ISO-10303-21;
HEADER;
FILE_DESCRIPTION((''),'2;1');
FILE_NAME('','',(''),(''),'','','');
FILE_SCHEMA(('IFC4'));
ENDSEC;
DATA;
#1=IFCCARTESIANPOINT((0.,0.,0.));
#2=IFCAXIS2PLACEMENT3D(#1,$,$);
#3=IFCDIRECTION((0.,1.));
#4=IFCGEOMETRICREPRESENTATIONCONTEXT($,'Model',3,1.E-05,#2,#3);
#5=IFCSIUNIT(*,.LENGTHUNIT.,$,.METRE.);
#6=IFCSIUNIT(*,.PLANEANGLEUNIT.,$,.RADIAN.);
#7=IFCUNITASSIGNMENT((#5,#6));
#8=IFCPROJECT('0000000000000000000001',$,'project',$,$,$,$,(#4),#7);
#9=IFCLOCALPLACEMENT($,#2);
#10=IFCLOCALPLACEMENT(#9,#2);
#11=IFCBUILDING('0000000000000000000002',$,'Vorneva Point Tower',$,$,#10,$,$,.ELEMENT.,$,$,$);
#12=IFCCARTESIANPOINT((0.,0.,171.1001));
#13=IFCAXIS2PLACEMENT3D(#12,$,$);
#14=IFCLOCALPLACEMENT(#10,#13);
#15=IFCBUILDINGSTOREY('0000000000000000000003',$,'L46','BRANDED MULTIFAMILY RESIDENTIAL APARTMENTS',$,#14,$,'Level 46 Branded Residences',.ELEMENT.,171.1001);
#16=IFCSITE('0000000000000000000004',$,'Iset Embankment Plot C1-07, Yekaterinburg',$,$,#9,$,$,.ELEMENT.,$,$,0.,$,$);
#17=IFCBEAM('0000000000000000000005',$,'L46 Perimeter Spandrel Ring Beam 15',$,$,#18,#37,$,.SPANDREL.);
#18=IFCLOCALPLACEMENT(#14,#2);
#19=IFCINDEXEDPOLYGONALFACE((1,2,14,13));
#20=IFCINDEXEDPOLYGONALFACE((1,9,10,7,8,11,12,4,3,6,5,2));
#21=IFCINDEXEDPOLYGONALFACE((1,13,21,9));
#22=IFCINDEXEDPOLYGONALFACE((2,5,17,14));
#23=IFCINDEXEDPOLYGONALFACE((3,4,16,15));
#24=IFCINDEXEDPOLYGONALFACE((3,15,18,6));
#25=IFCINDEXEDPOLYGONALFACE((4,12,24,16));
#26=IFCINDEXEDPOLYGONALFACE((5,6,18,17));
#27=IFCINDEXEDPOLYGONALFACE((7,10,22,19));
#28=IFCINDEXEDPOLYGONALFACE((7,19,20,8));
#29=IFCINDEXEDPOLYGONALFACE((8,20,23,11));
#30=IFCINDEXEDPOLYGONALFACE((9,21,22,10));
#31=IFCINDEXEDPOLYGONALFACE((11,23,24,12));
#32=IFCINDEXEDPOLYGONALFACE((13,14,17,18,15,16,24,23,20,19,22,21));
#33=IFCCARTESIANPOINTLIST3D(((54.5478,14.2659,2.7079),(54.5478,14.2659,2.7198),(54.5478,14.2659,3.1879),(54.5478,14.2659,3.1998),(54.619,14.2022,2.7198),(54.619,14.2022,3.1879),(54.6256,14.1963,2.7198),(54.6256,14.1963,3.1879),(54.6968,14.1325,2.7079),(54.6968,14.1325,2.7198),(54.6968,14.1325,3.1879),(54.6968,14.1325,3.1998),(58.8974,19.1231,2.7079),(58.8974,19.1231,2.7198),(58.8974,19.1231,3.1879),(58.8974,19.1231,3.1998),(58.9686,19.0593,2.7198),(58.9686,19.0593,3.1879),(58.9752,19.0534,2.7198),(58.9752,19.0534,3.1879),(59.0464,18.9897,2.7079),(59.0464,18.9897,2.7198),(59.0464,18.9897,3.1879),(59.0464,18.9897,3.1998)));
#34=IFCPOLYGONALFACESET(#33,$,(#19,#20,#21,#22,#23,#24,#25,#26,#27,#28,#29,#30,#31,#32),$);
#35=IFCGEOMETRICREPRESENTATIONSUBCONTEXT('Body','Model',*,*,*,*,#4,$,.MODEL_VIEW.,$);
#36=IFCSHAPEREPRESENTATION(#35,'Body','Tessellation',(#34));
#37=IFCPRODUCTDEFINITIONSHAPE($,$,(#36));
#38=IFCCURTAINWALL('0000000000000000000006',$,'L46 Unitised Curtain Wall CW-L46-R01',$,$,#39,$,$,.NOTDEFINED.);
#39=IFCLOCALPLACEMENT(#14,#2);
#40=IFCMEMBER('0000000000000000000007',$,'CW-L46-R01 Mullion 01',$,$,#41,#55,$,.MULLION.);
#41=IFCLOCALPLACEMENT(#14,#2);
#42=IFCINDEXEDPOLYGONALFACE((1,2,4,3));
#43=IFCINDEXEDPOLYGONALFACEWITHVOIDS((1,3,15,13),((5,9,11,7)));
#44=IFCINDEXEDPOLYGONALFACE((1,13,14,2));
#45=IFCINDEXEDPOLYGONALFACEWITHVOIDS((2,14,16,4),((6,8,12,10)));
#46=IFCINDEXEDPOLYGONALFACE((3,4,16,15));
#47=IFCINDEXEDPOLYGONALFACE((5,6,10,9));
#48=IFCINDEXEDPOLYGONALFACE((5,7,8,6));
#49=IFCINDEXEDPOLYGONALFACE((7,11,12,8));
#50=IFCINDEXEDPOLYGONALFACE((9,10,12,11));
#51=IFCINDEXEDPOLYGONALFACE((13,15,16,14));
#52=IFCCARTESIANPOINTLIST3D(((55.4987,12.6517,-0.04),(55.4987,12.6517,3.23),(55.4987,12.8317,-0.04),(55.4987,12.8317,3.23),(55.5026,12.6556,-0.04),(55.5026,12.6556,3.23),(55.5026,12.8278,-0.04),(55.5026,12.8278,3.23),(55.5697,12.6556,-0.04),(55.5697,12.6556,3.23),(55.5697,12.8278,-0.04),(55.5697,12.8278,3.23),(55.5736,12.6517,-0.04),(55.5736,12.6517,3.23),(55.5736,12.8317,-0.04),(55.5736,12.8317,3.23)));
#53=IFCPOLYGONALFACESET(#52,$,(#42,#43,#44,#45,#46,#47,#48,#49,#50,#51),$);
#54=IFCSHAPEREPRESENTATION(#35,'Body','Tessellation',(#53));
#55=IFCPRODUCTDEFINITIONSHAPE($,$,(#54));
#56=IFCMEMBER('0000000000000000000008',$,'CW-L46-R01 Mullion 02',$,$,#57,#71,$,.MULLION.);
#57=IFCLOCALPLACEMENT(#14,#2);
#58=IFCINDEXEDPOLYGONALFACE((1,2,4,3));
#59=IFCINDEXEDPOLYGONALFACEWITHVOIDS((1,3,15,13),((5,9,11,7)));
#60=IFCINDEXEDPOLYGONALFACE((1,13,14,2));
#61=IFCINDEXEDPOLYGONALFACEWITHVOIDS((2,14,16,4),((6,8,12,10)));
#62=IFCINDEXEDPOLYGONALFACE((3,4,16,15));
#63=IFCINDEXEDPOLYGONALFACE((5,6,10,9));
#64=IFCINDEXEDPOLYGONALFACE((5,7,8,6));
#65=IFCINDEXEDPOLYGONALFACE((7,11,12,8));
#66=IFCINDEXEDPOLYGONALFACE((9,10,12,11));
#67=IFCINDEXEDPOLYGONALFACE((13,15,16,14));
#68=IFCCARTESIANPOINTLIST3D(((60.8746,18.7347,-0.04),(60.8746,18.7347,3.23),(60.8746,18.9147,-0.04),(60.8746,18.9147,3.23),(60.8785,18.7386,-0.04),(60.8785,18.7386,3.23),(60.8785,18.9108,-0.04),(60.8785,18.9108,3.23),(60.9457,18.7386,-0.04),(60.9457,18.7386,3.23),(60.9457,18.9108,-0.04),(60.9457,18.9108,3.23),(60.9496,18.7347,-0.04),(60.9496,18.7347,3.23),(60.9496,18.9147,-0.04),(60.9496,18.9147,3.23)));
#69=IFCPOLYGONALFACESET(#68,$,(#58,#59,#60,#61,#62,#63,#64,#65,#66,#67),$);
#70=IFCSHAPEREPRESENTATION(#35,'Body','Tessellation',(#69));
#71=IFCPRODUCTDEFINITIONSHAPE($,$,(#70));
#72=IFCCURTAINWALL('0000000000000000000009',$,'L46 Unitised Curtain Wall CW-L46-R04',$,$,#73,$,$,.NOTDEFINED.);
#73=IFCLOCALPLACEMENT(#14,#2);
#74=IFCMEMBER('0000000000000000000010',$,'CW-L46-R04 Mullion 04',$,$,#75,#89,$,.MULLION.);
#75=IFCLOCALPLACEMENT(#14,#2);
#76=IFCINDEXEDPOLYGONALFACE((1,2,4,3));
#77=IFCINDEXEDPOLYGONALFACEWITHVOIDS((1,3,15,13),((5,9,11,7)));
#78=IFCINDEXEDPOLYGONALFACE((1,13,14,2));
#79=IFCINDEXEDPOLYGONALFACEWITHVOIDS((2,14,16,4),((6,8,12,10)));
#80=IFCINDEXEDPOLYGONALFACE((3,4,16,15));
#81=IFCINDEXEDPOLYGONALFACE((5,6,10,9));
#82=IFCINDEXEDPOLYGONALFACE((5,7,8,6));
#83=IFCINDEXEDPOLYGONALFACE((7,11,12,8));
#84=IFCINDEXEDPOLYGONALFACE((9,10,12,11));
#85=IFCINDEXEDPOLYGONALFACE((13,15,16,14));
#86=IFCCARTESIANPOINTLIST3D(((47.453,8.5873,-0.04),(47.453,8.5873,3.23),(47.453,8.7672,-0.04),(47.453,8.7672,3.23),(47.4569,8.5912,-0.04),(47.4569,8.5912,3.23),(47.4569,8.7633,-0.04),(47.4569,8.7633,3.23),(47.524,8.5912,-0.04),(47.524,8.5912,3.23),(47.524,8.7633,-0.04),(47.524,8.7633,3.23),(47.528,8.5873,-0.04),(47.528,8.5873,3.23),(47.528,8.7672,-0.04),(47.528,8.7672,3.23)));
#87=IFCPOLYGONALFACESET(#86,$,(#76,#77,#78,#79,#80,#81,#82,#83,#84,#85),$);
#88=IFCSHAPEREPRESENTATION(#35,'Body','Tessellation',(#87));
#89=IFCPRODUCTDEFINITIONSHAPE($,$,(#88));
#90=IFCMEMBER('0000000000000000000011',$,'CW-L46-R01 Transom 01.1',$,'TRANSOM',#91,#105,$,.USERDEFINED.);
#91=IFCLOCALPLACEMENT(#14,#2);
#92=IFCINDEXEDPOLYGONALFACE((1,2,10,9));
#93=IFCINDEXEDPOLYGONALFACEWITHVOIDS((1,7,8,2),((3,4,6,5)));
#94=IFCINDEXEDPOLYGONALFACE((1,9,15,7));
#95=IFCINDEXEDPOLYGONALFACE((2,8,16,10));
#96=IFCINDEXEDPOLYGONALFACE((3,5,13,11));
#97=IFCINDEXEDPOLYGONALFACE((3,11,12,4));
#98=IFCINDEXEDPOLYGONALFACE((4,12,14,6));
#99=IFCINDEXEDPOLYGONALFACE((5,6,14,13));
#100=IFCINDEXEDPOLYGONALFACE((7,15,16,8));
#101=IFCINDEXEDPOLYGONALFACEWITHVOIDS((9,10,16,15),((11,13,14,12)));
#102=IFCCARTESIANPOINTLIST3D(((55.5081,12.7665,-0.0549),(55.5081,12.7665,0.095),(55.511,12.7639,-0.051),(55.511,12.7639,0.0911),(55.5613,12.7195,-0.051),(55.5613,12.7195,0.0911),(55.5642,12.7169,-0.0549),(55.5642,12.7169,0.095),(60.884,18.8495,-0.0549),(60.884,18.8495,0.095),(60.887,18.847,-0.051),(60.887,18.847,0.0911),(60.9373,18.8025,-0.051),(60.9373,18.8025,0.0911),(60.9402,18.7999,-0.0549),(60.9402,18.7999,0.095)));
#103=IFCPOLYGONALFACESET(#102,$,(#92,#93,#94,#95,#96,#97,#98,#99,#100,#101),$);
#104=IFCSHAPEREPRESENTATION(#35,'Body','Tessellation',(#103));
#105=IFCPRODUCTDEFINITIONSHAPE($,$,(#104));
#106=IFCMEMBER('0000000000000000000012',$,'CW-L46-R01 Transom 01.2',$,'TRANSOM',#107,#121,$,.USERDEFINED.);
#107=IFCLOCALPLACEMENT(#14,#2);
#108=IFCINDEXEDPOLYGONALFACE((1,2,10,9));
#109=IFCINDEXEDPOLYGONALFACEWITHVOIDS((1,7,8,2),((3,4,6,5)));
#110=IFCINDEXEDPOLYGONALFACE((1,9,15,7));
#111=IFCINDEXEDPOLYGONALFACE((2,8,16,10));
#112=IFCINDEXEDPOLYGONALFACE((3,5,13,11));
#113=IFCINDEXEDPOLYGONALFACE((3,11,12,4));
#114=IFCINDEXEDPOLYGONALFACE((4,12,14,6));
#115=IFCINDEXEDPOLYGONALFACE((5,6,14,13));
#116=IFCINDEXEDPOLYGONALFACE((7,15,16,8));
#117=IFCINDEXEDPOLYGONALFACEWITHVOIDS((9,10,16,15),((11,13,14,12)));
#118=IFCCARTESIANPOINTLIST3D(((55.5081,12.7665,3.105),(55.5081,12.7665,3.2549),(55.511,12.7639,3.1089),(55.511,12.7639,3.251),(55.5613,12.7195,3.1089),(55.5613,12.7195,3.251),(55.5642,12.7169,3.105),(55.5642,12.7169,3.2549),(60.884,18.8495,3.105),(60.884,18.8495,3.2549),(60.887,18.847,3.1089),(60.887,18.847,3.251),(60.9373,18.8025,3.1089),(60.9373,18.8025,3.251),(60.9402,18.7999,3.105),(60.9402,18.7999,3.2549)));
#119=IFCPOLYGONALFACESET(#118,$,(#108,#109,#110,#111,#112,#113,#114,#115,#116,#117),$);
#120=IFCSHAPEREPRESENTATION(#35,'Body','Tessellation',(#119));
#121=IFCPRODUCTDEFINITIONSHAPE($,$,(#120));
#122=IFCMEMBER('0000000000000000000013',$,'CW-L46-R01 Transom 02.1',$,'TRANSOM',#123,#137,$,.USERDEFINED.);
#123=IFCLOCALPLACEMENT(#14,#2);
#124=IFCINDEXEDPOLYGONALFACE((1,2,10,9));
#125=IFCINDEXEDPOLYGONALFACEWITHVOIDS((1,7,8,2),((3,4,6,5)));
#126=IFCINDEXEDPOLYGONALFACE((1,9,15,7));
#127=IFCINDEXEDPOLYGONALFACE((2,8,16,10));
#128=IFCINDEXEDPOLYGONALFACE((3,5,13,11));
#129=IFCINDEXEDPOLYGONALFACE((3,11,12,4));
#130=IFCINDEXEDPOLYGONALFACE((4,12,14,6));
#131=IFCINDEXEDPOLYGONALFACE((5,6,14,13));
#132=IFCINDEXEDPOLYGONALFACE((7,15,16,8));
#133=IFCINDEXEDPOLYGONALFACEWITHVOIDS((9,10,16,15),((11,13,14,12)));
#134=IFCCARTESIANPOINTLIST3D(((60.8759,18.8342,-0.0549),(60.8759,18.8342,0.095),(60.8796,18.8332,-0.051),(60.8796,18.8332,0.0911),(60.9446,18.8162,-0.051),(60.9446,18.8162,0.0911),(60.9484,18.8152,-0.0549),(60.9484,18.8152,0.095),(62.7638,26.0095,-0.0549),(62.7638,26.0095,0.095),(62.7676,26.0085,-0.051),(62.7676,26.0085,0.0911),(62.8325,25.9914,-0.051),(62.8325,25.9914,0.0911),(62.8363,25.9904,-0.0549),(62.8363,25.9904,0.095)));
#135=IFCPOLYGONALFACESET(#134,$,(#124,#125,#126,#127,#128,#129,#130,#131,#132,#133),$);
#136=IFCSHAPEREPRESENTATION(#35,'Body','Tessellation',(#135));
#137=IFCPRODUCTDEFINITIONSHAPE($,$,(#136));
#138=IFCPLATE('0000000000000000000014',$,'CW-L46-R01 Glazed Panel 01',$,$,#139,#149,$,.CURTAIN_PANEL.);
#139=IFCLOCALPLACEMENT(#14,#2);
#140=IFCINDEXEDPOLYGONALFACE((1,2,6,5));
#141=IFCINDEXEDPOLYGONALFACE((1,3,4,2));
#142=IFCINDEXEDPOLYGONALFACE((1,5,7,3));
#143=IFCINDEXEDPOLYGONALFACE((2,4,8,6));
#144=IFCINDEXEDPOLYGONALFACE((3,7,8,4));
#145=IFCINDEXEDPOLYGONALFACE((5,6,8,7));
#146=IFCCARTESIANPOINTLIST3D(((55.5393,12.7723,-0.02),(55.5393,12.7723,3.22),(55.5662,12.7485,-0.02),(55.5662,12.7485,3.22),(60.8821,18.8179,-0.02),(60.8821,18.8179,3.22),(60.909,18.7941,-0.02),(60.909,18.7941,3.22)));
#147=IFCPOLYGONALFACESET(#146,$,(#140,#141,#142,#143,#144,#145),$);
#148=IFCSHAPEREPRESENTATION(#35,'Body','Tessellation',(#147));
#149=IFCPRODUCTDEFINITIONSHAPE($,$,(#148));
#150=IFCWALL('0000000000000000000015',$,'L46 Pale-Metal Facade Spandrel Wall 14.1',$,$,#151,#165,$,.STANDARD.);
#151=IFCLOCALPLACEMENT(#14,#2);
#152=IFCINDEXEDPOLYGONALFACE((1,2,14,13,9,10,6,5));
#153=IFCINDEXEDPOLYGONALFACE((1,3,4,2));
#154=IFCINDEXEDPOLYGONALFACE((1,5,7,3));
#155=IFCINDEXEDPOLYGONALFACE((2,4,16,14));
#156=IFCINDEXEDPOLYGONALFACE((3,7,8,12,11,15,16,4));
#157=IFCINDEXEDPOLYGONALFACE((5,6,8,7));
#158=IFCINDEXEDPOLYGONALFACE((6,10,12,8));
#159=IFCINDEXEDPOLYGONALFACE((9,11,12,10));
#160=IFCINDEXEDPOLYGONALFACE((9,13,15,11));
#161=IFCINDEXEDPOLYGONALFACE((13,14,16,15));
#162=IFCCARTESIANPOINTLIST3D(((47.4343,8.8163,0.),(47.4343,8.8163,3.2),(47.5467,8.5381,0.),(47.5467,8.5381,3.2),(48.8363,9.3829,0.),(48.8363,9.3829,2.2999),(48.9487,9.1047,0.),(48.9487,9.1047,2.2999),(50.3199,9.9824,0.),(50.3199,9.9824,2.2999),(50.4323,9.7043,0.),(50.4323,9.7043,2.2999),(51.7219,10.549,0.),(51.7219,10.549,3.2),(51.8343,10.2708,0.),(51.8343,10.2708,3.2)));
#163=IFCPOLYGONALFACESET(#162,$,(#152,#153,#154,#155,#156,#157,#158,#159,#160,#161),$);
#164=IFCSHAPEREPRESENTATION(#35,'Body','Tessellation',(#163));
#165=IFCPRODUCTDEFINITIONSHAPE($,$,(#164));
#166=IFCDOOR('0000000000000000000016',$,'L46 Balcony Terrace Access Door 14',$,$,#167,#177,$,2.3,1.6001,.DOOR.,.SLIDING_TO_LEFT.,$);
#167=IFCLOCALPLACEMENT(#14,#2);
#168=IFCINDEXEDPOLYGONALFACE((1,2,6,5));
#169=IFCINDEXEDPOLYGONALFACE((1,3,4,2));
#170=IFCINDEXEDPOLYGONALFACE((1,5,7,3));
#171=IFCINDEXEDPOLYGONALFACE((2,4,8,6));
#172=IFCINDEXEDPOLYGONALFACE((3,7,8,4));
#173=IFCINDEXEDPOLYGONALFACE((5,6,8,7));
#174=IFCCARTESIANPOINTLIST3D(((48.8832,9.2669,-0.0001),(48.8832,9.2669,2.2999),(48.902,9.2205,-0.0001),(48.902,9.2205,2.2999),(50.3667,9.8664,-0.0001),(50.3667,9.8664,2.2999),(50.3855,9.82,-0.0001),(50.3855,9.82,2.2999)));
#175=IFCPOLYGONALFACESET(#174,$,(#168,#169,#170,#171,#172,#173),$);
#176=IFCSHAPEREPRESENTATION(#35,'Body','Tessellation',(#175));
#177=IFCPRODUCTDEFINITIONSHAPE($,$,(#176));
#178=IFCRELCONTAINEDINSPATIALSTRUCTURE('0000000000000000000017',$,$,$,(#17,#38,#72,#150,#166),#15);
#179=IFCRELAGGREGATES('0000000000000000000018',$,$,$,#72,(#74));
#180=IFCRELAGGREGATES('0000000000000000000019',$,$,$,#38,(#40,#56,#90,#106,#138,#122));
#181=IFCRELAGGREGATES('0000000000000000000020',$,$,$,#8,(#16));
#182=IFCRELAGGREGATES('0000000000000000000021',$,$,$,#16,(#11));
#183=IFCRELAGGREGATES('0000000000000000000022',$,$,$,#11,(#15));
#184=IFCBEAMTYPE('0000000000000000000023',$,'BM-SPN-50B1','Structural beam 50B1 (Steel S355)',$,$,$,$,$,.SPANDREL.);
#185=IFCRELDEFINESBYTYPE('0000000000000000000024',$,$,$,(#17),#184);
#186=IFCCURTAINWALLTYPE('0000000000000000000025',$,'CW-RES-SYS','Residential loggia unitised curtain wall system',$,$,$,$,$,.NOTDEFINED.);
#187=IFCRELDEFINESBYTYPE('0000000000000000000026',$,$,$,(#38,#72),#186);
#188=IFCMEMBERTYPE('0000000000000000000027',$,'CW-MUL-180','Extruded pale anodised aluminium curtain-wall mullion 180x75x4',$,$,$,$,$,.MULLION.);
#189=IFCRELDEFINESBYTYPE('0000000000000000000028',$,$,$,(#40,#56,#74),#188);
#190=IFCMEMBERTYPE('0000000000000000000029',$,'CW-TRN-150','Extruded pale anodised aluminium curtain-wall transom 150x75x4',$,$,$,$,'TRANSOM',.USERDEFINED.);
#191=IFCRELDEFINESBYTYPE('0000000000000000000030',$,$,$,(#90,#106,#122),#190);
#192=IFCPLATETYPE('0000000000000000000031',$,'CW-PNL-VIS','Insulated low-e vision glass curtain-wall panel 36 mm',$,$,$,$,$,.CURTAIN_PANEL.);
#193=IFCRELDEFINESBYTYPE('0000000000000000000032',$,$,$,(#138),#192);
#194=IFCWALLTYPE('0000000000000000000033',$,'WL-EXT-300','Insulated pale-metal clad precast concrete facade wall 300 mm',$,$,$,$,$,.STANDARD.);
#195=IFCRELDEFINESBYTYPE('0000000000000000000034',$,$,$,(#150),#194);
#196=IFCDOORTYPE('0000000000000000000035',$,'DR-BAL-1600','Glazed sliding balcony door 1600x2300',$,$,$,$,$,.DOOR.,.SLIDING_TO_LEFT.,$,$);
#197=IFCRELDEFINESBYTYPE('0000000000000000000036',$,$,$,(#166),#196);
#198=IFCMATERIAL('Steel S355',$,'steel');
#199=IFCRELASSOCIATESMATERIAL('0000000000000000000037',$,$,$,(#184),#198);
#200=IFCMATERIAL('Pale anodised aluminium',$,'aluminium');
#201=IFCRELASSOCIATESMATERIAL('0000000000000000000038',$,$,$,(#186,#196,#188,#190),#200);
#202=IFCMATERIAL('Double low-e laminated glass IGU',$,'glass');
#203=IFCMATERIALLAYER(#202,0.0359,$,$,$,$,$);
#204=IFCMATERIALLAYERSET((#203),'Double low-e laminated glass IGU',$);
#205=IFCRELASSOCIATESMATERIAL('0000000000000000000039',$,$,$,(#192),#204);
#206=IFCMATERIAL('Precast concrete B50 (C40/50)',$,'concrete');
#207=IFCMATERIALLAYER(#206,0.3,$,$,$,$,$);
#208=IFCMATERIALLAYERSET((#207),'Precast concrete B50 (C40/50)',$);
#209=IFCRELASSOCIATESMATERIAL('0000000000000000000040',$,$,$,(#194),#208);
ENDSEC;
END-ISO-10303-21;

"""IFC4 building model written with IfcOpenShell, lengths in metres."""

from ifc_helpers import new_model, si_unit, direction, frame, frame_2d, origin, origin_2d, place, context, subcontext, project, spatial, rectangle, hollow_rectangle, i_section, extrude, material, layer, layer_set, material_profile, profile_set, type_object, element, fill, aggregate, save


model = new_model("IFC4")

# Units and contexts
model_context = context("Model", 3, precision=1e-05, world=origin(), true_north=direction((0.0, 1.0)))
body_context = subcontext(model_context, "Body", "Model", "MODEL_VIEW")
ifc_project = project(units=[si_unit("LENGTHUNIT", "METRE"), si_unit("PLANEANGLEUNIT", "RADIAN")], contexts=[model_context])

# Site, building, storey
site_placement = place(None, origin())
site = spatial("IfcSite", under=ifc_project, at=site_placement, Name="Iset Embankment Plot C1-07, Yekaterinburg", CompositionType="ELEMENT", RefElevation=0.0)
building_placement = place(site_placement, origin())
building = spatial("IfcBuilding", under=site, at=building_placement, Name="Vorneva Point Tower", CompositionType="ELEMENT")
storey_placement = place(building_placement, frame((0.0, 0.0, 171.1001)))
storey = spatial("IfcBuildingStorey", under=building, at=storey_placement, Name="L46", Description="BRANDED MULTIFAMILY RESIDENTIAL APARTMENTS", LongName="Level 46 Branded Residences", CompositionType="ELEMENT", Elevation=171.1001)

# Beam
ifc_material_1 = material(Name="Steel S355", Category="steel")
ifc_material_profile_1 = material_profile(ifc_material_1, i_section(OverallWidth=0.2, OverallDepth=0.4919, WebThickness=0.0088, FlangeThickness=0.012, at=origin_2d()), Name="50B1")
ifc_profile_set_1 = profile_set([ifc_material_profile_1], Name="Steel S355")
beam_type_1 = type_object("IfcBeamType", Name="BM-SPN-50B1", Description="Structural beam 50B1 (Steel S355)", PredefinedType="SPANDREL", material=ifc_profile_set_1)
beam_1_placement = place(storey_placement, frame((54.6223, 14.1992, 2.9539), z_axis=(0.667111, 0.744958, 0.0), x_axis=(-0.744958, 0.667111, 0.0)))
element("IfcBeam", 1, at=beam_1_placement, inside=storey, type_object=beam_type_1, Name="L46 Perimeter Spandrel Ring Beam 15", PredefinedType="SPANDREL", context=body_context, shape_type="SweptSolid", body=[
    extrude(i_section(OverallWidth=0.2, OverallDepth=0.4919, WebThickness=0.0088, FlangeThickness=0.012, at=origin_2d()), origin(), (0.0, 0.0, 1.0), 6.52),
])

# Curtain wall, members
ifc_material_2 = material(Name="Pale anodised aluminium", Category="aluminium")
curtain_wall_type = type_object("IfcCurtainWallType", Name="CW-RES-SYS", Description="Residential loggia unitised curtain wall system", PredefinedType="NOTDEFINED", material=ifc_material_2)
curtain_wall_1_placement = place(storey_placement, origin())
curtain_wall_1 = element("IfcCurtainWall", 2, at=curtain_wall_1_placement, inside=storey, type_object=curtain_wall_type, Name="L46 Unitised Curtain Wall CW-L46-R01", PredefinedType="NOTDEFINED")
ifc_material_profile_2 = material_profile(ifc_material_2, hollow_rectangle(XDim=0.075, YDim=0.1799, WallThickness=0.0039, at=origin_2d()), Name="AL-MUL 180x75x4")
ifc_profile_set_2 = profile_set([ifc_material_profile_2], Name="Pale anodised aluminium")
member_type_1 = type_object("IfcMemberType", Name="CW-MUL-180", Description="Extruded pale anodised aluminium curtain-wall mullion 180x75x4", PredefinedType="MULLION", material=ifc_profile_set_2)
member_1_placement = place(storey_placement, frame((55.5361, 12.7417, -0.04), z_axis=(0.0, 0.0, 1.0), x_axis=(1.0, 0.0, 0.0)))
member_1 = element("IfcMember", 3, at=member_1_placement, type_object=member_type_1, Name="CW-L46-R01 Mullion 01", PredefinedType="MULLION", context=body_context, shape_type="SweptSolid", body=[
    extrude(hollow_rectangle(XDim=0.075, YDim=0.1799, WallThickness=0.0039, at=origin_2d()), origin(), (0.0, 0.0, 1.0), 3.27),
])
member_2_placement = place(storey_placement, frame((60.9121, 18.8247, -0.04), z_axis=(0.0, 0.0, 1.0), x_axis=(1.0, 0.0, 0.0)))
member_2 = element("IfcMember", 4, at=member_2_placement, type_object=member_type_1, Name="CW-L46-R01 Mullion 02", PredefinedType="MULLION", context=body_context, shape_type="SweptSolid", body=[
    extrude(hollow_rectangle(XDim=0.075, YDim=0.1799, WallThickness=0.0039, at=origin_2d()), origin(), (0.0, 0.0, 1.0), 3.27),
])

# Curtain wall, member
curtain_wall_2_placement = place(storey_placement, origin())
curtain_wall_2 = element("IfcCurtainWall", 5, at=curtain_wall_2_placement, inside=storey, type_object=curtain_wall_type, Name="L46 Unitised Curtain Wall CW-L46-R04", PredefinedType="NOTDEFINED")
member_3_placement = place(storey_placement, frame((47.4905, 8.6772, -0.04), z_axis=(0.0, 0.0, 1.0), x_axis=(1.0, 0.0, 0.0)))
member_3 = element("IfcMember", 6, at=member_3_placement, type_object=member_type_1, Name="CW-L46-R04 Mullion 04", PredefinedType="MULLION", context=body_context, shape_type="SweptSolid", body=[
    extrude(hollow_rectangle(XDim=0.075, YDim=0.1799, WallThickness=0.0039, at=origin_2d()), origin(), (0.0, 0.0, 1.0), 3.27),
])
aggregate(curtain_wall_2, [member_3])

# Members
ifc_material_profile_3 = material_profile(ifc_material_2, hollow_rectangle(XDim=0.075, YDim=0.1499, WallThickness=0.0039, at=origin_2d()), Name="AL-TRN 150x75x4")
ifc_profile_set_3 = profile_set([ifc_material_profile_3], Name="Pale anodised aluminium")
member_type_2 = type_object("IfcMemberType", Name="CW-TRN-150", Description="Extruded pale anodised aluminium curtain-wall transom 150x75x4", ElementType="TRANSOM", PredefinedType="USERDEFINED", material=ifc_profile_set_3)
member_4_placement = place(storey_placement, frame((55.5361, 12.7417, 0.02), z_axis=(0.662218, 0.749311, 0.0), x_axis=(-0.749311, 0.662218, 0.0)))
member_4 = element("IfcMember", 7, at=member_4_placement, type_object=member_type_2, Name="CW-L46-R01 Transom 01.1", ObjectType="TRANSOM", PredefinedType="USERDEFINED", context=body_context, shape_type="SweptSolid", body=[
    extrude(hollow_rectangle(XDim=0.075, YDim=0.1499, WallThickness=0.0039, at=origin_2d()), origin(), (0.0, 0.0, 1.0), 8.1182),
])
member_5_placement = place(storey_placement, frame((55.5361, 12.7417, 3.1799), z_axis=(0.662218, 0.749311, 0.0), x_axis=(-0.749311, 0.662218, 0.0)))
member_5 = element("IfcMember", 8, at=member_5_placement, type_object=member_type_2, Name="CW-L46-R01 Transom 01.2", ObjectType="TRANSOM", PredefinedType="USERDEFINED", context=body_context, shape_type="SweptSolid", body=[
    extrude(hollow_rectangle(XDim=0.075, YDim=0.1499, WallThickness=0.0039, at=origin_2d()), origin(), (0.0, 0.0, 1.0), 8.1182),
])
member_6_placement = place(storey_placement, frame((60.9121, 18.8247, 0.02), z_axis=(0.254456, 0.967084, 0.0), x_axis=(-0.967084, 0.254456, 0.0)))
member_6 = element("IfcMember", 9, at=member_6_placement, type_object=member_type_2, Name="CW-L46-R01 Transom 02.1", ObjectType="TRANSOM", PredefinedType="USERDEFINED", context=body_context, shape_type="SweptSolid", body=[
    extrude(hollow_rectangle(XDim=0.075, YDim=0.1499, WallThickness=0.0039, at=origin_2d()), origin(), (0.0, 0.0, 1.0), 7.4194),
])

# Plate
ifc_material_3 = material(Name="Double low-e laminated glass IGU", Category="glass")
ifc_layer_1 = layer(ifc_material_3, 0.0359)
ifc_layer_set_1 = layer_set([ifc_layer_1], Name="Double low-e laminated glass IGU")
plate_type = type_object("IfcPlateType", Name="CW-PNL-VIS", Description="Insulated low-e vision glass curtain-wall panel 36 mm", PredefinedType="CURTAIN_PANEL", material=ifc_layer_set_1)
plate_placement = place(storey_placement, frame((58.2241, 15.7832, -0.02), z_axis=(0.0, 0.0, 1.0), x_axis=(0.662215, 0.749314, 0.0)))
plate = element("IfcPlate", 10, at=plate_placement, type_object=plate_type, Name="CW-L46-R01 Glazed Panel 01", PredefinedType="CURTAIN_PANEL", context=body_context, shape_type="SweptSolid", body=[
    extrude(rectangle(XDim=8.0681, YDim=0.0359, at=origin_2d()), origin(), (0.0, 0.0, 1.0), 3.24),
])
aggregate(curtain_wall_1, [member_1, member_2, member_4, member_5, plate, member_6])

# Wall, opening, door
ifc_material_4 = material(Name="Precast concrete B50 (C40/50)", Category="concrete")
ifc_layer_2 = layer(ifc_material_4, 0.3)
ifc_layer_set_2 = layer_set([ifc_layer_2], Name="Precast concrete B50 (C40/50)")
wall_type_1 = type_object("IfcWallType", Name="WL-EXT-300", Description="Insulated pale-metal clad precast concrete facade wall 300 mm", PredefinedType="STANDARD", material=ifc_layer_set_2)
wall_1_placement = place(storey_placement, frame((47.4905, 8.6772, 0.0), z_axis=(0.0, 0.0, 1.0), x_axis=(0.927157, 0.374674, 0.0)))
wall_1 = element("IfcWall", 11, at=wall_1_placement, inside=storey, type_object=wall_type_1, Name="L46 Pale-Metal Facade Spandrel Wall 14.1", PredefinedType="STANDARD", context=body_context, shape_type="SweptSolid", body=[
    extrude(rectangle(XDim=4.6245, YDim=0.3, at=frame_2d((2.3123, 0.0))), origin(), (0.0, 0.0, 1.0), 3.2),
])
opening_1_placement = place(wall_1_placement, frame((1.5122, 0.0, 0.0)))
opening_1 = element("IfcOpeningElement", 12, at=opening_1_placement, cuts=wall_1, PredefinedType="OPENING", context=body_context, shape_type="SweptSolid", body=[
    extrude(rectangle(XDim=1.6001, YDim=2.3, at=frame_2d((0.8, 1.1499))), frame((0.0, 0.165, 0.0), z_axis=(0.0, -1.0, 0.0), x_axis=(1.0, 0.0, 0.0)), (0.0, 0.0, 1.0), 0.3298),
])
door_type_1 = type_object("IfcDoorType", Name="DR-BAL-1600", Description="Glazed sliding balcony door 1600x2300", OperationType="SLIDING_TO_LEFT", PredefinedType="DOOR", material=ifc_material_2)
door_1_placement = place(opening_1_placement, origin())
door_1 = element("IfcDoor", 13, at=door_1_placement, inside=storey, type_object=door_type_1, Name="L46 Balcony Terrace Access Door 14", OperationType="SLIDING_TO_LEFT", OverallHeight=2.3, OverallWidth=1.6001, PredefinedType="DOOR", context=body_context, shape_type="SweptSolid", body=[
    extrude(rectangle(XDim=1.6001, YDim=2.3, at=frame_2d((0.8, 1.1499))), frame((0.0, 0.0249, 0.0), z_axis=(0.0, -1.0, 0.0), x_axis=(1.0, 0.0, 0.0)), (0.0, 0.0, 1.0), 0.05),
])
fill(opening_1, door_1)

save(model, "model.ifc")
